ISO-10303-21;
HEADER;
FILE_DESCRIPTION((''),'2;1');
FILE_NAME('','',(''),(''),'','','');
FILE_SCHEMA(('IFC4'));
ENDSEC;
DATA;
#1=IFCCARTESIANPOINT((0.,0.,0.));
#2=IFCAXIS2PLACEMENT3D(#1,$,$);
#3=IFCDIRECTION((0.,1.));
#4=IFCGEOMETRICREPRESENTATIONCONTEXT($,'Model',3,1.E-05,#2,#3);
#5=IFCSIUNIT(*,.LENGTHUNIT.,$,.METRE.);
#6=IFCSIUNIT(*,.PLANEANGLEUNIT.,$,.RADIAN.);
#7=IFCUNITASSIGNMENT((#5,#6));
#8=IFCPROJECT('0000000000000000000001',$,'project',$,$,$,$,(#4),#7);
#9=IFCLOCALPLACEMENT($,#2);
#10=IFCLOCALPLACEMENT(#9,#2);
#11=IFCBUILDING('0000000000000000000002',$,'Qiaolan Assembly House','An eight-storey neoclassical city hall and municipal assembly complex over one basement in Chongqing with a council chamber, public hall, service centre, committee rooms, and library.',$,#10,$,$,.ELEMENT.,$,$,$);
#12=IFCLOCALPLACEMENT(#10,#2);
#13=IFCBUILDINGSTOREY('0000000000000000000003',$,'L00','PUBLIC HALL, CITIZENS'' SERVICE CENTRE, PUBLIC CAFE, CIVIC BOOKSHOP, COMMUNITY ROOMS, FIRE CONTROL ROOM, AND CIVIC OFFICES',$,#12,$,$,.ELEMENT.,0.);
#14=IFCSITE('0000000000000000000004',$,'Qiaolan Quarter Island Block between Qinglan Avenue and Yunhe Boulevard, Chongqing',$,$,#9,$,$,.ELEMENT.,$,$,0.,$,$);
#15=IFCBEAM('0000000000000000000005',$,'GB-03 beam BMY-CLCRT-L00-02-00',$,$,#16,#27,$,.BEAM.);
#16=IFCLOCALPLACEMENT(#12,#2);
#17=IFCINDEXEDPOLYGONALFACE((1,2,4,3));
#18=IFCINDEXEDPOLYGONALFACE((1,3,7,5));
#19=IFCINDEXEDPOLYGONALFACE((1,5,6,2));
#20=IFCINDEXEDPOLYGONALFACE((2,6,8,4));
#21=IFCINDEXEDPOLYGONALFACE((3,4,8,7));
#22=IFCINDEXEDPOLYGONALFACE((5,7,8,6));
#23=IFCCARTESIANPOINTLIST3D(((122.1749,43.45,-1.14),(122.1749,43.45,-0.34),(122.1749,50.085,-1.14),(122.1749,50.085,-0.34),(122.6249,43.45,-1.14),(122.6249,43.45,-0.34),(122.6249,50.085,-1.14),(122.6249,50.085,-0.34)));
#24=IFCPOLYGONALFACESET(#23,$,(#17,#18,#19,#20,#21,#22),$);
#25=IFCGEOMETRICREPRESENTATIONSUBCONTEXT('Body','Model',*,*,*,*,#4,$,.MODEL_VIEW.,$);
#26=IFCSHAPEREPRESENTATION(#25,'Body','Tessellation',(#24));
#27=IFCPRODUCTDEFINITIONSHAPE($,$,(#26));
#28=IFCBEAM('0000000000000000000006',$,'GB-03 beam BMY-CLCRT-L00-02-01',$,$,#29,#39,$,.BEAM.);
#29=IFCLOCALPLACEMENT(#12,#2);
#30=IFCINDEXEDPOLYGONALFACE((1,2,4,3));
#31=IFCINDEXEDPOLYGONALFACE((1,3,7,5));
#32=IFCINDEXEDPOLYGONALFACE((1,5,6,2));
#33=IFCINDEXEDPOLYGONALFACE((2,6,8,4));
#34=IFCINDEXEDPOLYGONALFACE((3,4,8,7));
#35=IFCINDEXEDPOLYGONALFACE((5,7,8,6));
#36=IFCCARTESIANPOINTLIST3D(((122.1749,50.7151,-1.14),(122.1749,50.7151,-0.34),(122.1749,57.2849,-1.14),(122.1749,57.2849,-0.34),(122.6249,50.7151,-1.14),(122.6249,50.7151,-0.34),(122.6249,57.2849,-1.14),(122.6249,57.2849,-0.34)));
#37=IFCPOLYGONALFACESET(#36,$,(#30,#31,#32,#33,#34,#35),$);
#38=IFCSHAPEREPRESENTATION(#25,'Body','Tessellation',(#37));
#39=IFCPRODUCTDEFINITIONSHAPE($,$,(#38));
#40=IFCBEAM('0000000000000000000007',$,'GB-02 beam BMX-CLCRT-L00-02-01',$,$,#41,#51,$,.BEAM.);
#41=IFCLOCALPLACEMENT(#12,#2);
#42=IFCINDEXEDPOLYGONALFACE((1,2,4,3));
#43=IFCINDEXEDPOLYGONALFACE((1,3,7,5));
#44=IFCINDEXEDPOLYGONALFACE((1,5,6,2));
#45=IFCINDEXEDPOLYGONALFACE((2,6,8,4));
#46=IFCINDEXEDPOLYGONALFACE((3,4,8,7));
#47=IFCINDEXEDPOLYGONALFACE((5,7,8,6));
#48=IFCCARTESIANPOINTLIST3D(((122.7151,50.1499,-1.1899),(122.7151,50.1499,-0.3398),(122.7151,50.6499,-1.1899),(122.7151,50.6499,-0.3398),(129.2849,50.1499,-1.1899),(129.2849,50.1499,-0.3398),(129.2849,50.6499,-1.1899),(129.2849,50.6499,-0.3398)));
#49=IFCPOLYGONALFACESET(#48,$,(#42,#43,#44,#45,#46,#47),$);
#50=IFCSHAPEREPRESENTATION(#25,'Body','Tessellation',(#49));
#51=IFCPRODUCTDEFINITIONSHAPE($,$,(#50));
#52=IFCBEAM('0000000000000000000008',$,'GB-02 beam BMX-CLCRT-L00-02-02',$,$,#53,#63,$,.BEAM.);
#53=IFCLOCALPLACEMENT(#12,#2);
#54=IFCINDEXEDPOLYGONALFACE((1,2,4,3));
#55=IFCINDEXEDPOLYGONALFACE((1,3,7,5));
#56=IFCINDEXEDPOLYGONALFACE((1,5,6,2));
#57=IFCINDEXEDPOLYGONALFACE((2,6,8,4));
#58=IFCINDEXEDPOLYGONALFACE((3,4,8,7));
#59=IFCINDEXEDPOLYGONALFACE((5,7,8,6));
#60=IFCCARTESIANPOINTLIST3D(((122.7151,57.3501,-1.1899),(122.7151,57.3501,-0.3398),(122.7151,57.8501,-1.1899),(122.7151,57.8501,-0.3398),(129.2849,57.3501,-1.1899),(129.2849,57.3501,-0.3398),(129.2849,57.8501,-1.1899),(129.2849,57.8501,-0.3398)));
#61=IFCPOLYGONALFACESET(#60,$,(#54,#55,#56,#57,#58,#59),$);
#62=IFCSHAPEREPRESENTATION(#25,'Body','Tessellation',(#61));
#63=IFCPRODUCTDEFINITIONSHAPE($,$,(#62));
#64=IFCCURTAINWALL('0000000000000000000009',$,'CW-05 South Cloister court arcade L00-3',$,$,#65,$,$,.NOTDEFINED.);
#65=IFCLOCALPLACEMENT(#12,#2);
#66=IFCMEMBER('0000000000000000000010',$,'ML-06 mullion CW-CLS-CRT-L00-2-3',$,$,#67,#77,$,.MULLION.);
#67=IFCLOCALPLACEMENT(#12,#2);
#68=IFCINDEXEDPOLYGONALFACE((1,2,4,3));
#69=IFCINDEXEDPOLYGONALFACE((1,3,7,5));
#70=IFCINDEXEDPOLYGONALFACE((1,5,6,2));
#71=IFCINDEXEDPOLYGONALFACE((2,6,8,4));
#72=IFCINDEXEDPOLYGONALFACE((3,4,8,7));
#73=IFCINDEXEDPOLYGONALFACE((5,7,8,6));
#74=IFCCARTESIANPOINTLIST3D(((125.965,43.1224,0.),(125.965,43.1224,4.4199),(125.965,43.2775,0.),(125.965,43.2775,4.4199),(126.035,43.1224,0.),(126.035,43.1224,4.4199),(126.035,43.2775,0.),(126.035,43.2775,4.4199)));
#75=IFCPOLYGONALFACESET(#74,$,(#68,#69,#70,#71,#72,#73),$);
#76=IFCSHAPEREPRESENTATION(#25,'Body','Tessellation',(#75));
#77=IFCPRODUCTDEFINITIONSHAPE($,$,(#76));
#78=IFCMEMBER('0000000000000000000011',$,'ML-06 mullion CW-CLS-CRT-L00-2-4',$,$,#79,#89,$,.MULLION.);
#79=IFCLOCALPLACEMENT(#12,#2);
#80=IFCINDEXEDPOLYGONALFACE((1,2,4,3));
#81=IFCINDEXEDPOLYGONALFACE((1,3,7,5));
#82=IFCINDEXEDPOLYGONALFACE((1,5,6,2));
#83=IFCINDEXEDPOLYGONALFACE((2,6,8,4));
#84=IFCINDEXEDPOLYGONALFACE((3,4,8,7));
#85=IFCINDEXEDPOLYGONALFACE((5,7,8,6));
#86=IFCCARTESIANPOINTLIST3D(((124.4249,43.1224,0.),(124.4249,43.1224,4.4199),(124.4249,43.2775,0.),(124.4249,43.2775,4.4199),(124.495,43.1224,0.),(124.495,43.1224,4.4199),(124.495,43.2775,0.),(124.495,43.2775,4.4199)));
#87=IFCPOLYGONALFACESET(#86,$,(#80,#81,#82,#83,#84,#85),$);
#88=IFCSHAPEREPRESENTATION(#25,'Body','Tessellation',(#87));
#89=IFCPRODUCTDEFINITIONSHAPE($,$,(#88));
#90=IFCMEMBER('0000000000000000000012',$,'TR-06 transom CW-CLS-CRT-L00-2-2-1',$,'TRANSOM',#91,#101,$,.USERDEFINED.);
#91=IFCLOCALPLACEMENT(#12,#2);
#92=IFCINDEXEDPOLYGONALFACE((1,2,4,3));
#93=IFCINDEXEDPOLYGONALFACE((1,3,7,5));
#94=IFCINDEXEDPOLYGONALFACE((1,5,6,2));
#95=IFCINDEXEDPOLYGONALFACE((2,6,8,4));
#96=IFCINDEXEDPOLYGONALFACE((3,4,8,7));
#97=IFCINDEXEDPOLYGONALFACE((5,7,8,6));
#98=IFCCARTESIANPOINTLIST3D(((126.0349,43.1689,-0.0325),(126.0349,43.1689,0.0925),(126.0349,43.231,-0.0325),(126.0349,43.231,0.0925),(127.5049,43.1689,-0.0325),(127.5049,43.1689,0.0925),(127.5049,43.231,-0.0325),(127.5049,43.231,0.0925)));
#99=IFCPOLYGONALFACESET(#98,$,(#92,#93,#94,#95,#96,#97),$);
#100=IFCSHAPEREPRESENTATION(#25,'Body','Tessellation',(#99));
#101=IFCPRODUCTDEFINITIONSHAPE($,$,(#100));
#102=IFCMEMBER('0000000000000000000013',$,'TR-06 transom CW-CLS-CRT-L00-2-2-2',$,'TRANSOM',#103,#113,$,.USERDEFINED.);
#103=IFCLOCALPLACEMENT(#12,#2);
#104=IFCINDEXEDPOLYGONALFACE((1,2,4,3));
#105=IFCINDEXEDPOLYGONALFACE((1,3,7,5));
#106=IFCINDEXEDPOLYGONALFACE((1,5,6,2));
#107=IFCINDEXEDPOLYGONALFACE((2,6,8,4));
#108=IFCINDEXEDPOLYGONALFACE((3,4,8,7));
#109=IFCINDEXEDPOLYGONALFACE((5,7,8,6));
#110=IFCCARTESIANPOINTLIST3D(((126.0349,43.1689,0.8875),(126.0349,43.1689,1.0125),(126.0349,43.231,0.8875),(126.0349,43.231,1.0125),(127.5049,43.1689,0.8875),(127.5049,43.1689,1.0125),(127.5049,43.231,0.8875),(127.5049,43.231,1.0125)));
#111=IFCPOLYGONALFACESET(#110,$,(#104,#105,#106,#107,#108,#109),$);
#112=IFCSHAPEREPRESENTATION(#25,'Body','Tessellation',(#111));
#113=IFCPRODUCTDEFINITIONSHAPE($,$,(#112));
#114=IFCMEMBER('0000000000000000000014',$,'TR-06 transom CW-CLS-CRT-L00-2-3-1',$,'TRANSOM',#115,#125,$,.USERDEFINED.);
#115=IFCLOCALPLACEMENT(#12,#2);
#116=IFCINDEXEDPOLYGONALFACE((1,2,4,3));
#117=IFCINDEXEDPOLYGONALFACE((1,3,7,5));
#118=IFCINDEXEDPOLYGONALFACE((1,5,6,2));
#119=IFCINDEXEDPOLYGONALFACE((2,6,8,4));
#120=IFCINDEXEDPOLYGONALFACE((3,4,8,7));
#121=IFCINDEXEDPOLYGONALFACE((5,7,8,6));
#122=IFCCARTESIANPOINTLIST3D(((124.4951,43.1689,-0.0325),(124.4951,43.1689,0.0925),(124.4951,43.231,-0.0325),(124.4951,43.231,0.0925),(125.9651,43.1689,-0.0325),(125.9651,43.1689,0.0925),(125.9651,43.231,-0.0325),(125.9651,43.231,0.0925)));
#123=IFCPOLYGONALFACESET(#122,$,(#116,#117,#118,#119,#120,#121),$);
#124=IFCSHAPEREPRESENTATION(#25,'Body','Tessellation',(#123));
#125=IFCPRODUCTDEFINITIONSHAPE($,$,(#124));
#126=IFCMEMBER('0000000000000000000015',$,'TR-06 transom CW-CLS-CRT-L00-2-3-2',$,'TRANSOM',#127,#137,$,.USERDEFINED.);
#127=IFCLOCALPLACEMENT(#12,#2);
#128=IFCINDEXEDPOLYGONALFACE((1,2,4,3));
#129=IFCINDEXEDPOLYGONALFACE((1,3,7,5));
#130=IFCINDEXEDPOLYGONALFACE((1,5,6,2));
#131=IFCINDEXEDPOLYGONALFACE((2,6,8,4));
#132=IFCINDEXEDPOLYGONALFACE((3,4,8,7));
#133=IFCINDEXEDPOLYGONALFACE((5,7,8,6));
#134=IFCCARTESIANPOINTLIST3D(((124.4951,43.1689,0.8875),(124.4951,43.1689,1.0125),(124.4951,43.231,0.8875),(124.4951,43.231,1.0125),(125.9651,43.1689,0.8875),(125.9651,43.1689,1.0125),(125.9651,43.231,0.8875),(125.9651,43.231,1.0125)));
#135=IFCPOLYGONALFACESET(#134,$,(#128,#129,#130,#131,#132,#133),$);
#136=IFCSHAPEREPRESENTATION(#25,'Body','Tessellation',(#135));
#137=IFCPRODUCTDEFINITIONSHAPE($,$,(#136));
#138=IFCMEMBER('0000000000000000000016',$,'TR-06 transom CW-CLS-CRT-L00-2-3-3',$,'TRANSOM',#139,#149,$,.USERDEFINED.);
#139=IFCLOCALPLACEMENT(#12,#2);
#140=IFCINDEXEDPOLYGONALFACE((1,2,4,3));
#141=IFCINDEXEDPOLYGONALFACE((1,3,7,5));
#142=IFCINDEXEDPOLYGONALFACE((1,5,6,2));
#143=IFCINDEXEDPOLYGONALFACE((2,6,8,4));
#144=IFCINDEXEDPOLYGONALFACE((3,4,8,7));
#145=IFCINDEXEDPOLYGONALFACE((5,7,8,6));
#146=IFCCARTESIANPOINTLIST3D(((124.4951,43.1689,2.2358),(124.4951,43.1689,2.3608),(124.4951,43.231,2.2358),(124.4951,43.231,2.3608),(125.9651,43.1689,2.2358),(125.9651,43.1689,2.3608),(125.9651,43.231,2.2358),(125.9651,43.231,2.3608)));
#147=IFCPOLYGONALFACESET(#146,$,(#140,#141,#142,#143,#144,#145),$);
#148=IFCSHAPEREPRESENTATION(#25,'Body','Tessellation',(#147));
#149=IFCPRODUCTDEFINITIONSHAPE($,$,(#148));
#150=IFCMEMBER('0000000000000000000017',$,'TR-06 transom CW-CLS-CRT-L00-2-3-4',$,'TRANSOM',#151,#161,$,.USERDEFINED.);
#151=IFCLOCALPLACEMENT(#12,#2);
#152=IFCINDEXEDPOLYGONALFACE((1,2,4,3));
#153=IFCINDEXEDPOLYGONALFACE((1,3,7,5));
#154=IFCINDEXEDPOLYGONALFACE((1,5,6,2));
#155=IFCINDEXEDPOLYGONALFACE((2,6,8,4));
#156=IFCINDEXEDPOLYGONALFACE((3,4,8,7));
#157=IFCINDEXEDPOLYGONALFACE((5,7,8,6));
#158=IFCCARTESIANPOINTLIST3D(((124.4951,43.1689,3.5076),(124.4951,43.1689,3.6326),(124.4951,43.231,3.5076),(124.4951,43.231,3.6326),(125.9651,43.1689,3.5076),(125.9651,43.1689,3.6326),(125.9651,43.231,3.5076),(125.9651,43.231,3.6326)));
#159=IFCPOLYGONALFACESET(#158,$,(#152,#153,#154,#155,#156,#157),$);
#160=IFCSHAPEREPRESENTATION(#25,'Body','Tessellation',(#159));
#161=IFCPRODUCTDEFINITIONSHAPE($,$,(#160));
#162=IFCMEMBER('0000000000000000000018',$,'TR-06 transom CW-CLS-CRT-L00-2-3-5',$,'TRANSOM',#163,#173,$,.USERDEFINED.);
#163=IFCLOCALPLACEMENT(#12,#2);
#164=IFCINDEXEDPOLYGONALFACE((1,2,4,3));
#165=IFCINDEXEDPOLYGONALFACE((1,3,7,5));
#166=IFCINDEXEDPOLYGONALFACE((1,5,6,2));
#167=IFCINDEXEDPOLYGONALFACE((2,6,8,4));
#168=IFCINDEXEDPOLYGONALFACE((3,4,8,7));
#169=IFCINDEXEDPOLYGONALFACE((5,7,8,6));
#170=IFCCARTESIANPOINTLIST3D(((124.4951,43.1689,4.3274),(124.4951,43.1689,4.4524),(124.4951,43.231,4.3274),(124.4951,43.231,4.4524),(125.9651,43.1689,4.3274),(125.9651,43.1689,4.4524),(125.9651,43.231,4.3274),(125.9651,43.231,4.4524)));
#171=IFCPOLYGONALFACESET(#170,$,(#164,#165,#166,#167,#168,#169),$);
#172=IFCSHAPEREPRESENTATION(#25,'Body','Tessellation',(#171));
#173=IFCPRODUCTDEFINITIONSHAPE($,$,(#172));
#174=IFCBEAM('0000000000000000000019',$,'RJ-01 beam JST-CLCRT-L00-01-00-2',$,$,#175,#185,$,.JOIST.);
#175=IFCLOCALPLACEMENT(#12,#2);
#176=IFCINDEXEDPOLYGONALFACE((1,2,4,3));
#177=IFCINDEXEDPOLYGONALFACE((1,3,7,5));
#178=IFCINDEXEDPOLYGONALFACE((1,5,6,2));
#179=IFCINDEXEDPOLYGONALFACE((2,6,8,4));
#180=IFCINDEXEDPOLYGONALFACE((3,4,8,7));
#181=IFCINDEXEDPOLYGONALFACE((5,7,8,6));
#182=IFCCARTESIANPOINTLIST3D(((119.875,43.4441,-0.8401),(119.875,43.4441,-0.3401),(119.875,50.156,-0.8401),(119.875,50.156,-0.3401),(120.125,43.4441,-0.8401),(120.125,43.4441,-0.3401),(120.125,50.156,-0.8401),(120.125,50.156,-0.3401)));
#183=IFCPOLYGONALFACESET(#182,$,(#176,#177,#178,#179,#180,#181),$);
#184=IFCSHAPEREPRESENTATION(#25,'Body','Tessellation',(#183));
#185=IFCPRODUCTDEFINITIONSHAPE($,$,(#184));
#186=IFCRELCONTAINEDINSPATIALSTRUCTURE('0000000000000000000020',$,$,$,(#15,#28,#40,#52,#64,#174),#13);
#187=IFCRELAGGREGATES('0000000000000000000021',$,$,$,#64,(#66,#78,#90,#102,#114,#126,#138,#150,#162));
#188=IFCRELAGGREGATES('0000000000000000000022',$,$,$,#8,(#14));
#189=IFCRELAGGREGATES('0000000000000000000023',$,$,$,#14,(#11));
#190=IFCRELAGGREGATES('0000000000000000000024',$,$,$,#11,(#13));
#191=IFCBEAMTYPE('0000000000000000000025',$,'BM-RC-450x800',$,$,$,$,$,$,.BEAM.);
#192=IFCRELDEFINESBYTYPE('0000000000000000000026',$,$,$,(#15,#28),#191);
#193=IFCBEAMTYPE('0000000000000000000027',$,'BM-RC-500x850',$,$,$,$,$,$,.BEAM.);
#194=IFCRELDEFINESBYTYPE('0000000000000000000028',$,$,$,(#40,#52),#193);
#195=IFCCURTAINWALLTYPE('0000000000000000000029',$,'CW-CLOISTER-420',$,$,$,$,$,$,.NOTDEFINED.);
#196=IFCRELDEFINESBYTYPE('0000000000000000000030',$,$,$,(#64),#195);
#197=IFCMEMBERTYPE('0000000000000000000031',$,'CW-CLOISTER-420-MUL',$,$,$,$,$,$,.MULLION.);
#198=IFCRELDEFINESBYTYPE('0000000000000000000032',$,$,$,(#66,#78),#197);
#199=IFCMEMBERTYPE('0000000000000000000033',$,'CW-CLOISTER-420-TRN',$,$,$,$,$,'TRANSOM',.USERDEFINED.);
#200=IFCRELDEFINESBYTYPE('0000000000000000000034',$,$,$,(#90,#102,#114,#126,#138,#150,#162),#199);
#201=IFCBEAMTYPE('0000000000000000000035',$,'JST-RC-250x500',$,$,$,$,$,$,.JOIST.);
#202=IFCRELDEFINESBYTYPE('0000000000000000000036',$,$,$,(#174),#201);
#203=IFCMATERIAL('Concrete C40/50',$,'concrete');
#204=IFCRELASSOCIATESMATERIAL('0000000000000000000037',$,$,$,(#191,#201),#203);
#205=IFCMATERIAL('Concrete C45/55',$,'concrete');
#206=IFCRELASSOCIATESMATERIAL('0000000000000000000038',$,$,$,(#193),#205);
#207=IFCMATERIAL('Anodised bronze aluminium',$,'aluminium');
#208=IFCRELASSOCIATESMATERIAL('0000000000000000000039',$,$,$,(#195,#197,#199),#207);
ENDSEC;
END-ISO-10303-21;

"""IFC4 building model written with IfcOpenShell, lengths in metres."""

from ifc_helpers import new_model, si_unit, direction, frame, origin, origin_2d, place, context, subcontext, project, spatial, rectangle, extrude, material, material_profile, profile_set, type_object, element, aggregate, save


model = new_model("IFC4")

# Units and contexts
model_context = context("Model", 3, precision=1e-05, world=origin(), true_north=direction((0.0, 1.0)))
body_context = subcontext(model_context, "Body", "Model", "MODEL_VIEW")
ifc_project = project(units=[si_unit("LENGTHUNIT", "METRE"), si_unit("PLANEANGLEUNIT", "RADIAN")], contexts=[model_context])

# Site, building, storey
site_placement = place(None, origin())
site = spatial("IfcSite", under=ifc_project, at=site_placement, Name="Qiaolan Quarter Island Block between Qinglan Avenue and Yunhe Boulevard, Chongqing", CompositionType="ELEMENT", RefElevation=0.0)
building_placement = place(site_placement, origin())
building = spatial("IfcBuilding", under=site, at=building_placement, Name="Qiaolan Assembly House", Description="An eight-storey neoclassical city hall and municipal assembly complex over one basement in Chongqing with a council chamber, public hall, service centre, committee rooms, and library.", CompositionType="ELEMENT")
storey_placement = place(building_placement, origin())
storey = spatial("IfcBuildingStorey", under=building, at=storey_placement, Name="L00", Description="PUBLIC HALL, CITIZENS' SERVICE CENTRE, PUBLIC CAFE, CIVIC BOOKSHOP, COMMUNITY ROOMS, FIRE CONTROL ROOM, AND CIVIC OFFICES", CompositionType="ELEMENT", Elevation=0.0)

# Beams
ifc_material_1 = material(Name="Concrete C40/50", Category="concrete")
ifc_material_profile_1 = material_profile(ifc_material_1, rectangle(XDim=0.45, YDim=0.8, at=origin_2d()), Name="RCB 450x800")
ifc_profile_set_1 = profile_set([ifc_material_profile_1], Name="Concrete C40/50")
beam_type_1 = type_object("IfcBeamType", Name="BM-RC-450x800", PredefinedType="BEAM", material=ifc_profile_set_1)
beam_1_placement = place(storey_placement, frame((122.3999, 43.45, -0.74), z_axis=(0.0, 1.0, 0.0), x_axis=(-1.0, 0.0, 0.0)))
element("IfcBeam", 1, at=beam_1_placement, inside=storey, type_object=beam_type_1, Name="GB-03 beam BMY-CLCRT-L00-02-00", PredefinedType="BEAM", context=body_context, shape_type="SweptSolid", body=[
    extrude(rectangle(XDim=0.45, YDim=0.8, at=origin_2d()), origin(), (0.0, 0.0, 1.0), 6.635),
])
beam_2_placement = place(storey_placement, frame((122.3999, 50.7151, -0.74), z_axis=(0.0, 1.0, 0.0), x_axis=(-1.0, 0.0, 0.0)))
element("IfcBeam", 2, at=beam_2_placement, inside=storey, type_object=beam_type_1, Name="GB-03 beam BMY-CLCRT-L00-02-01", PredefinedType="BEAM", context=body_context, shape_type="SweptSolid", body=[
    extrude(rectangle(XDim=0.45, YDim=0.8, at=origin_2d()), origin(), (0.0, 0.0, 1.0), 6.5698),
])
ifc_material_2 = material(Name="Concrete C45/55", Category="concrete")
ifc_material_profile_2 = material_profile(ifc_material_2, rectangle(XDim=0.5, YDim=0.8501, at=origin_2d()), Name="RCB 500x850")
ifc_profile_set_2 = profile_set([ifc_material_profile_2], Name="Concrete C45/55")
beam_type_2 = type_object("IfcBeamType", Name="BM-RC-500x850", PredefinedType="BEAM", material=ifc_profile_set_2)
for number, where, z_axis, x_axis, name in (
    (3, (122.7151, 50.3999, -0.7649), (1.0, 0.0, 0.0), (0.0, 1.0, 0.0), "GB-02 beam BMX-CLCRT-L00-02-01"),
    (4, (122.7151, 57.6001, -0.7649), (1.0, 0.0, 0.0), (0.0, 1.0, 0.0), "GB-02 beam BMX-CLCRT-L00-02-02"),
):
    element("IfcBeam", number, at=place(storey_placement, frame(where, z_axis=z_axis, x_axis=x_axis)), inside=storey, type_object=beam_type_2, Name=name, PredefinedType="BEAM", context=body_context, shape_type="SweptSolid", body=[
        extrude(rectangle(XDim=0.5, YDim=0.8501, at=origin_2d()), origin(), (0.0, 0.0, 1.0), 6.5698),
    ])

# Curtain wall, members
ifc_material_3 = material(Name="Anodised bronze aluminium", Category="aluminium")
curtain_wall_type = type_object("IfcCurtainWallType", Name="CW-CLOISTER-420", PredefinedType="NOTDEFINED", material=ifc_material_3)
curtain_wall_placement = place(storey_placement, origin())
curtain_wall = element("IfcCurtainWall", 5, at=curtain_wall_placement, inside=storey, type_object=curtain_wall_type, Name="CW-05 South Cloister court arcade L00-3", PredefinedType="NOTDEFINED")
ifc_material_profile_3 = material_profile(ifc_material_3, rectangle(XDim=0.0701, YDim=0.155, at=origin_2d()), Name="MUL 70x155")
ifc_profile_set_3 = profile_set([ifc_material_profile_3], Name="Anodised bronze aluminium")
member_type_1 = type_object("IfcMemberType", Name="CW-CLOISTER-420-MUL", PredefinedType="MULLION", material=ifc_profile_set_3)
member_1_placement = place(storey_placement, frame((126.0, 43.2, 0.0), z_axis=(0.0, 0.0, 1.0), x_axis=(-1.0, 0.0, 0.0)))
member_1 = element("IfcMember", 6, at=member_1_placement, type_object=member_type_1, Name="ML-06 mullion CW-CLS-CRT-L00-2-3", PredefinedType="MULLION", context=body_context, shape_type="SweptSolid", body=[
    extrude(rectangle(XDim=0.0701, YDim=0.155, at=origin_2d()), origin(), (0.0, 0.0, 1.0), 4.4199),
])
member_2_placement = place(storey_placement, frame((124.46, 43.2, 0.0), z_axis=(0.0, 0.0, 1.0), x_axis=(-1.0, 0.0, 0.0)))
member_2 = element("IfcMember", 7, at=member_2_placement, type_object=member_type_1, Name="ML-06 mullion CW-CLS-CRT-L00-2-4", PredefinedType="MULLION", context=body_context, shape_type="SweptSolid", body=[
    extrude(rectangle(XDim=0.0701, YDim=0.155, at=origin_2d()), origin(), (0.0, 0.0, 1.0), 4.4199),
])
ifc_material_profile_4 = material_profile(ifc_material_3, rectangle(XDim=0.062, YDim=0.125, at=origin_2d()), Name="TRN 62x125")
ifc_profile_set_4 = profile_set([ifc_material_profile_4], Name="Anodised bronze aluminium")
member_type_2 = type_object("IfcMemberType", Name="CW-CLOISTER-420-TRN", ElementType="TRANSOM", PredefinedType="USERDEFINED", material=ifc_profile_set_4)
member_3_placement = place(storey_placement, frame((127.5049, 43.2, 0.03), z_axis=(-1.0, 0.0, 0.0), x_axis=(0.0, -1.0, 0.0)))
member_3 = element("IfcMember", 8, at=member_3_placement, type_object=member_type_2, Name="TR-06 transom CW-CLS-CRT-L00-2-2-1", ObjectType="TRANSOM", PredefinedType="USERDEFINED", context=body_context, shape_type="SweptSolid", body=[
    extrude(rectangle(XDim=0.062, YDim=0.125, at=origin_2d()), origin(), (0.0, 0.0, 1.0), 1.47),
])
member_4_placement = place(storey_placement, frame((127.5049, 43.2, 0.95), z_axis=(-1.0, 0.0, 0.0), x_axis=(0.0, -1.0, 0.0)))
member_4 = element("IfcMember", 9, at=member_4_placement, type_object=member_type_2, Name="TR-06 transom CW-CLS-CRT-L00-2-2-2", ObjectType="TRANSOM", PredefinedType="USERDEFINED", context=body_context, shape_type="SweptSolid", body=[
    extrude(rectangle(XDim=0.062, YDim=0.125, at=origin_2d()), origin(), (0.0, 0.0, 1.0), 1.47),
])
member_5_placement = place(storey_placement, frame((125.9651, 43.2, 0.03), z_axis=(-1.0, 0.0, 0.0), x_axis=(0.0, -1.0, 0.0)))
member_5 = element("IfcMember", 10, at=member_5_placement, type_object=member_type_2, Name="TR-06 transom CW-CLS-CRT-L00-2-3-1", ObjectType="TRANSOM", PredefinedType="USERDEFINED", context=body_context, shape_type="SweptSolid", body=[
    extrude(rectangle(XDim=0.062, YDim=0.125, at=origin_2d()), origin(), (0.0, 0.0, 1.0), 1.47),
])
member_6_placement = place(storey_placement, frame((125.9651, 43.2, 0.95), z_axis=(-1.0, 0.0, 0.0), x_axis=(0.0, -1.0, 0.0)))
member_6 = element("IfcMember", 11, at=member_6_placement, type_object=member_type_2, Name="TR-06 transom CW-CLS-CRT-L00-2-3-2", ObjectType="TRANSOM", PredefinedType="USERDEFINED", context=body_context, shape_type="SweptSolid", body=[
    extrude(rectangle(XDim=0.062, YDim=0.125, at=origin_2d()), origin(), (0.0, 0.0, 1.0), 1.47),
])
member_7_placement = place(storey_placement, frame((125.9651, 43.2, 2.2983), z_axis=(-1.0, 0.0, 0.0), x_axis=(0.0, -1.0, 0.0)))
member_7 = element("IfcMember", 12, at=member_7_placement, type_object=member_type_2, Name="TR-06 transom CW-CLS-CRT-L00-2-3-3", ObjectType="TRANSOM", PredefinedType="USERDEFINED", context=body_context, shape_type="SweptSolid", body=[
    extrude(rectangle(XDim=0.062, YDim=0.125, at=origin_2d()), origin(), (0.0, 0.0, 1.0), 1.47),
])
member_8_placement = place(storey_placement, frame((125.9651, 43.2, 3.5701), z_axis=(-1.0, 0.0, 0.0), x_axis=(0.0, -1.0, 0.0)))
member_8 = element("IfcMember", 13, at=member_8_placement, type_object=member_type_2, Name="TR-06 transom CW-CLS-CRT-L00-2-3-4", ObjectType="TRANSOM", PredefinedType="USERDEFINED", context=body_context, shape_type="SweptSolid", body=[
    extrude(rectangle(XDim=0.062, YDim=0.125, at=origin_2d()), origin(), (0.0, 0.0, 1.0), 1.47),
])
member_9_placement = place(storey_placement, frame((125.9651, 43.2, 4.3899), z_axis=(-1.0, 0.0, 0.0), x_axis=(0.0, -1.0, 0.0)))
member_9 = element("IfcMember", 14, at=member_9_placement, type_object=member_type_2, Name="TR-06 transom CW-CLS-CRT-L00-2-3-5", ObjectType="TRANSOM", PredefinedType="USERDEFINED", context=body_context, shape_type="SweptSolid", body=[
    extrude(rectangle(XDim=0.062, YDim=0.125, at=origin_2d()), origin(), (0.0, 0.0, 1.0), 1.47),
])

# Beam
ifc_material_profile_5 = material_profile(ifc_material_1, rectangle(XDim=0.25, YDim=0.5, at=origin_2d()), Name="RCB 250x500")
ifc_profile_set_5 = profile_set([ifc_material_profile_5], Name="Concrete C40/50")
beam_type_3 = type_object("IfcBeamType", Name="JST-RC-250x500", PredefinedType="JOIST", material=ifc_profile_set_5)
for number, where, z_axis, x_axis, name in (
    (15, (120.0, 43.4441, -0.5901), (0.0, 1.0, 0.0), (-1.0, 0.0, 0.0), "RJ-01 beam JST-CLCRT-L00-01-00-2"),
):
    element("IfcBeam", number, at=place(storey_placement, frame(where, z_axis=z_axis, x_axis=x_axis)), inside=storey, type_object=beam_type_3, Name=name, PredefinedType="JOIST", context=body_context, shape_type="SweptSolid", body=[
        extrude(rectangle(XDim=0.25, YDim=0.5, at=origin_2d()), origin(), (0.0, 0.0, 1.0), 6.7119),
    ])

aggregate(curtain_wall, [member_1, member_2, member_3, member_4, member_5, member_6, member_7, member_8, member_9])

save(model, "model.ifc")
